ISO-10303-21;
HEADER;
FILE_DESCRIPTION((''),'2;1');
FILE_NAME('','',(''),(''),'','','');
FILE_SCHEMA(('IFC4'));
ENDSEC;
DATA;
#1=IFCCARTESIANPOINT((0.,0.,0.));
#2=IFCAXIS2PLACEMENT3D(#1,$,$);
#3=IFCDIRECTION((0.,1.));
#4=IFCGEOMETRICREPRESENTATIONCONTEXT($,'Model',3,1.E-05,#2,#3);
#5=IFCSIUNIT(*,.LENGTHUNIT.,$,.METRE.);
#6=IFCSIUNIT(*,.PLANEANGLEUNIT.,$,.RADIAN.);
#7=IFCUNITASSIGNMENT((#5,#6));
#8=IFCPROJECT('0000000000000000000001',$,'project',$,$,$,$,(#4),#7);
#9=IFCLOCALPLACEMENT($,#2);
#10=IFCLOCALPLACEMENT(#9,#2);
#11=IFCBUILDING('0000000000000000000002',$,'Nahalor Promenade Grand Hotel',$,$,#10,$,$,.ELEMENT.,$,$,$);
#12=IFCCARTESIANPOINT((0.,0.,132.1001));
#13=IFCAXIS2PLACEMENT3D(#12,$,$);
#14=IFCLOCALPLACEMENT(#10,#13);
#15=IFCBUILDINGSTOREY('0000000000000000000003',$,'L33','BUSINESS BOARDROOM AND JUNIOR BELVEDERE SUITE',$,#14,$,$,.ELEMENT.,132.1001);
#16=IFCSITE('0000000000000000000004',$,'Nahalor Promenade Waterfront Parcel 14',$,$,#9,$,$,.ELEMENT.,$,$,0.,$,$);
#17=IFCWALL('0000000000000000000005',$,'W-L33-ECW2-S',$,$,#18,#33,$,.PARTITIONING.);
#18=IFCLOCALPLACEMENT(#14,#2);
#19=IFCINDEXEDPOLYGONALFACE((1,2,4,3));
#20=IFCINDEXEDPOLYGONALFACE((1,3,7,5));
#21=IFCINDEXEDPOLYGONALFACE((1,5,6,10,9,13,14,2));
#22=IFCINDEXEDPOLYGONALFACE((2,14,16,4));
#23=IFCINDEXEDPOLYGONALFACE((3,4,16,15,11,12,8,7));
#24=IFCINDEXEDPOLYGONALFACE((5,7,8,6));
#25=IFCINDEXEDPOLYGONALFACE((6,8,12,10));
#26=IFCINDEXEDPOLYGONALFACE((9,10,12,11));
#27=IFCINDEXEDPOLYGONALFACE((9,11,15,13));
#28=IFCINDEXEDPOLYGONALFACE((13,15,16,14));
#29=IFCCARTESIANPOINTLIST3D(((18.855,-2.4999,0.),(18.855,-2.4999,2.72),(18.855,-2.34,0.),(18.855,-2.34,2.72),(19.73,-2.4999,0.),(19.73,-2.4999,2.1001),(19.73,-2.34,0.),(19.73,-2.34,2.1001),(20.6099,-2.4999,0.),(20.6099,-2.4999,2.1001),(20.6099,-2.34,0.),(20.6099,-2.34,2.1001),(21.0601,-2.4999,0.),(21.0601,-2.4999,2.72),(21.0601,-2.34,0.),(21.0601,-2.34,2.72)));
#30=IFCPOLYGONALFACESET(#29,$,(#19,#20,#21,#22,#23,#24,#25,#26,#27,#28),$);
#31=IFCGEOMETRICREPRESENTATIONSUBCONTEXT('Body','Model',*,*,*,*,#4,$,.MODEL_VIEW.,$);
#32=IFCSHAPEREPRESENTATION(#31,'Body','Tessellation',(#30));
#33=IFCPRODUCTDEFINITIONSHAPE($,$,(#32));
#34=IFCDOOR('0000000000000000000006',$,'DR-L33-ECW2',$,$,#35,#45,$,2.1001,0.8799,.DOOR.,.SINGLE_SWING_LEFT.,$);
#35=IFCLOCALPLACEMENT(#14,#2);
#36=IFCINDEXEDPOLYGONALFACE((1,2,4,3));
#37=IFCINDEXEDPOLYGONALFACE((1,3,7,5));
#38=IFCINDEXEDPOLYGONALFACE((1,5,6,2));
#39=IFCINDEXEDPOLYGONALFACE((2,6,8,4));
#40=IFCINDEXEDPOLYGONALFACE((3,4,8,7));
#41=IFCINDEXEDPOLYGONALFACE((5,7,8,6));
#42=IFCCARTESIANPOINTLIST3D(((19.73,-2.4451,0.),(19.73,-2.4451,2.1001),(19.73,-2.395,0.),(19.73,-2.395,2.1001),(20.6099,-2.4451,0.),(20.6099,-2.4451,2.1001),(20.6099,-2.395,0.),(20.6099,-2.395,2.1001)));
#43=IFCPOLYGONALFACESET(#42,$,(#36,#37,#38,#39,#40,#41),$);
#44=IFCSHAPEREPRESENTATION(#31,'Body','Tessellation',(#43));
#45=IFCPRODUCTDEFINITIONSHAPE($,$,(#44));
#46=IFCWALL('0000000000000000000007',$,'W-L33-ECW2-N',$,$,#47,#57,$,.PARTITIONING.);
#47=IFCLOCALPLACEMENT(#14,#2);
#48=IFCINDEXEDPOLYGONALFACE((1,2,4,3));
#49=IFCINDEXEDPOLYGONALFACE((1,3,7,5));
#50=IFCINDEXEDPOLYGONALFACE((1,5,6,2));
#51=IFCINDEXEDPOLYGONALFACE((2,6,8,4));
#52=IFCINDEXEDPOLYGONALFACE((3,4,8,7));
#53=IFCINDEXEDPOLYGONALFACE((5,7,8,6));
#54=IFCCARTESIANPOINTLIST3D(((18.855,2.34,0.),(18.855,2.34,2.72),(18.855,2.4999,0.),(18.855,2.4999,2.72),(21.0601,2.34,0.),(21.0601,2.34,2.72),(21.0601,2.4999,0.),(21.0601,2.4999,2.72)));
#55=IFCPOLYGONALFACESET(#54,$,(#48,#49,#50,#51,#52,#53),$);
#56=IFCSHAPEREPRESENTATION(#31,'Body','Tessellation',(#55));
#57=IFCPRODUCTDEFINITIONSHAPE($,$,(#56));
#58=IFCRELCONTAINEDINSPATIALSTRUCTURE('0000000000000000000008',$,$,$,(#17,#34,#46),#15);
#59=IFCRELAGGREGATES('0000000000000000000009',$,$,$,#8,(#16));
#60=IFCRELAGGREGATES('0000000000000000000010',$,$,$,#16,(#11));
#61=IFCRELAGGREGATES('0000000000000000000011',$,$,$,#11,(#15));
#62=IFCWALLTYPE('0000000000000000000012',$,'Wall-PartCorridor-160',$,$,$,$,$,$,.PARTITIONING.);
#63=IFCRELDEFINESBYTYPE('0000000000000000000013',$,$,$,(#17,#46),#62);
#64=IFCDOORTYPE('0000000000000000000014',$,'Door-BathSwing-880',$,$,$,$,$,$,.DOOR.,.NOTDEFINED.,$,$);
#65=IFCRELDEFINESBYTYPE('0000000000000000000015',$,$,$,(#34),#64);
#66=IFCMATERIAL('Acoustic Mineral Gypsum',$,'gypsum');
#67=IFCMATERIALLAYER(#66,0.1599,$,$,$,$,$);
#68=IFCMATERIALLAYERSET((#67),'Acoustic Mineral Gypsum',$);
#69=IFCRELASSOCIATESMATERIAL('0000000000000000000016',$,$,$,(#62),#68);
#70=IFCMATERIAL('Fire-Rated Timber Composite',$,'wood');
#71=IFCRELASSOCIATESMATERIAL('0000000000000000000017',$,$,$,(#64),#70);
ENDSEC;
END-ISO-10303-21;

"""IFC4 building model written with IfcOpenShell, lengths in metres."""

from ifc_helpers import new_model, si_unit, direction, frame, frame_2d, origin, place, context, subcontext, project, spatial, rectangle, extrude, source, transform, mapped, material, layer, layer_set, type_object, element, fill, save


model = new_model("IFC4")

# Units and contexts
model_context = context("Model", 3, precision=1e-05, world=origin(), true_north=direction((0.0, 1.0)))
body_context = subcontext(model_context, "Body", "Model", "MODEL_VIEW")
ifc_project = project(units=[si_unit("LENGTHUNIT", "METRE"), si_unit("PLANEANGLEUNIT", "RADIAN")], contexts=[model_context])

# Site, building, storey
site_placement = place(None, origin())
site = spatial("IfcSite", under=ifc_project, at=site_placement, Name="Nahalor Promenade Waterfront Parcel 14", CompositionType="ELEMENT", RefElevation=0.0)
building_placement = place(site_placement, origin())
building = spatial("IfcBuilding", under=site, at=building_placement, Name="Nahalor Promenade Grand Hotel", CompositionType="ELEMENT")
storey_placement = place(building_placement, frame((0.0, 0.0, 132.1001)))
storey = spatial("IfcBuildingStorey", under=building, at=storey_placement, Name="L33", Description="BUSINESS BOARDROOM AND JUNIOR BELVEDERE SUITE", CompositionType="ELEMENT", Elevation=132.1001)

# Shared definitions
ifc_material_1 = material(Name="Acoustic Mineral Gypsum", Category="gypsum")
ifc_layer_1 = layer(ifc_material_1, 0.1599)
ifc_layer_set_1 = layer_set([ifc_layer_1], Name="Acoustic Mineral Gypsum")
wall_type_1 = type_object("IfcWallType", Name="Wall-PartCorridor-160", PredefinedType="PARTITIONING", material=ifc_layer_set_1)

# Wall, opening, door
shared_shape_1 = source(origin(), body_context, "Body", "SweptSolid", [
    extrude(rectangle(XDim=2.2051, YDim=0.1599, at=frame_2d((1.1025, 0.0))), origin(), (0.0, 0.0, 1.0), 2.72),
])
ifc_material_2 = material(Name="Fire-Rated Timber Composite", Category="wood")
door_type_1 = type_object("IfcDoorType", Name="Door-BathSwing-880", OperationType="NOTDEFINED", PredefinedType="DOOR", material=ifc_material_2)
shared_shape_2 = source(origin(), body_context, "Body", "SweptSolid", [
    extrude(rectangle(XDim=0.8799, YDim=2.1001, at=frame_2d((0.4399, 1.05))), frame((0.0, 0.0249, 0.0), z_axis=(0.0, -1.0, 0.0), x_axis=(1.0, 0.0, 0.0)), (0.0, 0.0, 1.0), 0.05),
])
wall_1_placement = place(storey_placement, frame((18.855, -2.4199, 0.0), z_axis=(0.0, 0.0, 1.0), x_axis=(1.0, 0.0, 0.0)))
wall_1 = element("IfcWall", 1, at=wall_1_placement, inside=storey, type_object=wall_type_1, Name="W-L33-ECW2-S", PredefinedType="PARTITIONING", context=body_context, shape_type="MappedRepresentation", body=[
    mapped(shared_shape_1, transform((0.0, 0.0, 0.0), scale=1.0)),
])
opening_1_placement = place(wall_1_placement, frame((0.875, 0.0, 0.0)))
opening_1 = element("IfcOpeningElement", 2, at=opening_1_placement, cuts=wall_1, PredefinedType="OPENING", context=body_context, shape_type="SweptSolid", body=[
    extrude(rectangle(XDim=0.8799, YDim=2.1001, at=frame_2d((0.4399, 1.05))), frame((0.0, 0.0898, 0.0), z_axis=(0.0, -1.0, 0.0), x_axis=(1.0, 0.0, 0.0)), (0.0, 0.0, 1.0), 0.1799),
])
door_1_placement = place(opening_1_placement, origin())
door_1 = element("IfcDoor", 3, at=door_1_placement, inside=storey, type_object=door_type_1, Name="DR-L33-ECW2", OperationType="SINGLE_SWING_LEFT", OverallHeight=2.1001, OverallWidth=0.8799, PredefinedType="DOOR", context=body_context, shape_type="MappedRepresentation", body=[
    mapped(shared_shape_2, transform((0.0, 0.0, 0.0), scale=1.0)),
])
fill(opening_1, door_1)

# Wall
wall_2_placement = place(storey_placement, frame((18.855, 2.4199, 0.0), z_axis=(0.0, 0.0, 1.0), x_axis=(1.0, 0.0, 0.0)))
element("IfcWall", 4, at=wall_2_placement, inside=storey, type_object=wall_type_1, Name="W-L33-ECW2-N", PredefinedType="PARTITIONING", context=body_context, shape_type="MappedRepresentation", body=[
    mapped(shared_shape_1, transform((0.0, 0.0, 0.0), scale=1.0)),
])

save(model, "model.ifc")
